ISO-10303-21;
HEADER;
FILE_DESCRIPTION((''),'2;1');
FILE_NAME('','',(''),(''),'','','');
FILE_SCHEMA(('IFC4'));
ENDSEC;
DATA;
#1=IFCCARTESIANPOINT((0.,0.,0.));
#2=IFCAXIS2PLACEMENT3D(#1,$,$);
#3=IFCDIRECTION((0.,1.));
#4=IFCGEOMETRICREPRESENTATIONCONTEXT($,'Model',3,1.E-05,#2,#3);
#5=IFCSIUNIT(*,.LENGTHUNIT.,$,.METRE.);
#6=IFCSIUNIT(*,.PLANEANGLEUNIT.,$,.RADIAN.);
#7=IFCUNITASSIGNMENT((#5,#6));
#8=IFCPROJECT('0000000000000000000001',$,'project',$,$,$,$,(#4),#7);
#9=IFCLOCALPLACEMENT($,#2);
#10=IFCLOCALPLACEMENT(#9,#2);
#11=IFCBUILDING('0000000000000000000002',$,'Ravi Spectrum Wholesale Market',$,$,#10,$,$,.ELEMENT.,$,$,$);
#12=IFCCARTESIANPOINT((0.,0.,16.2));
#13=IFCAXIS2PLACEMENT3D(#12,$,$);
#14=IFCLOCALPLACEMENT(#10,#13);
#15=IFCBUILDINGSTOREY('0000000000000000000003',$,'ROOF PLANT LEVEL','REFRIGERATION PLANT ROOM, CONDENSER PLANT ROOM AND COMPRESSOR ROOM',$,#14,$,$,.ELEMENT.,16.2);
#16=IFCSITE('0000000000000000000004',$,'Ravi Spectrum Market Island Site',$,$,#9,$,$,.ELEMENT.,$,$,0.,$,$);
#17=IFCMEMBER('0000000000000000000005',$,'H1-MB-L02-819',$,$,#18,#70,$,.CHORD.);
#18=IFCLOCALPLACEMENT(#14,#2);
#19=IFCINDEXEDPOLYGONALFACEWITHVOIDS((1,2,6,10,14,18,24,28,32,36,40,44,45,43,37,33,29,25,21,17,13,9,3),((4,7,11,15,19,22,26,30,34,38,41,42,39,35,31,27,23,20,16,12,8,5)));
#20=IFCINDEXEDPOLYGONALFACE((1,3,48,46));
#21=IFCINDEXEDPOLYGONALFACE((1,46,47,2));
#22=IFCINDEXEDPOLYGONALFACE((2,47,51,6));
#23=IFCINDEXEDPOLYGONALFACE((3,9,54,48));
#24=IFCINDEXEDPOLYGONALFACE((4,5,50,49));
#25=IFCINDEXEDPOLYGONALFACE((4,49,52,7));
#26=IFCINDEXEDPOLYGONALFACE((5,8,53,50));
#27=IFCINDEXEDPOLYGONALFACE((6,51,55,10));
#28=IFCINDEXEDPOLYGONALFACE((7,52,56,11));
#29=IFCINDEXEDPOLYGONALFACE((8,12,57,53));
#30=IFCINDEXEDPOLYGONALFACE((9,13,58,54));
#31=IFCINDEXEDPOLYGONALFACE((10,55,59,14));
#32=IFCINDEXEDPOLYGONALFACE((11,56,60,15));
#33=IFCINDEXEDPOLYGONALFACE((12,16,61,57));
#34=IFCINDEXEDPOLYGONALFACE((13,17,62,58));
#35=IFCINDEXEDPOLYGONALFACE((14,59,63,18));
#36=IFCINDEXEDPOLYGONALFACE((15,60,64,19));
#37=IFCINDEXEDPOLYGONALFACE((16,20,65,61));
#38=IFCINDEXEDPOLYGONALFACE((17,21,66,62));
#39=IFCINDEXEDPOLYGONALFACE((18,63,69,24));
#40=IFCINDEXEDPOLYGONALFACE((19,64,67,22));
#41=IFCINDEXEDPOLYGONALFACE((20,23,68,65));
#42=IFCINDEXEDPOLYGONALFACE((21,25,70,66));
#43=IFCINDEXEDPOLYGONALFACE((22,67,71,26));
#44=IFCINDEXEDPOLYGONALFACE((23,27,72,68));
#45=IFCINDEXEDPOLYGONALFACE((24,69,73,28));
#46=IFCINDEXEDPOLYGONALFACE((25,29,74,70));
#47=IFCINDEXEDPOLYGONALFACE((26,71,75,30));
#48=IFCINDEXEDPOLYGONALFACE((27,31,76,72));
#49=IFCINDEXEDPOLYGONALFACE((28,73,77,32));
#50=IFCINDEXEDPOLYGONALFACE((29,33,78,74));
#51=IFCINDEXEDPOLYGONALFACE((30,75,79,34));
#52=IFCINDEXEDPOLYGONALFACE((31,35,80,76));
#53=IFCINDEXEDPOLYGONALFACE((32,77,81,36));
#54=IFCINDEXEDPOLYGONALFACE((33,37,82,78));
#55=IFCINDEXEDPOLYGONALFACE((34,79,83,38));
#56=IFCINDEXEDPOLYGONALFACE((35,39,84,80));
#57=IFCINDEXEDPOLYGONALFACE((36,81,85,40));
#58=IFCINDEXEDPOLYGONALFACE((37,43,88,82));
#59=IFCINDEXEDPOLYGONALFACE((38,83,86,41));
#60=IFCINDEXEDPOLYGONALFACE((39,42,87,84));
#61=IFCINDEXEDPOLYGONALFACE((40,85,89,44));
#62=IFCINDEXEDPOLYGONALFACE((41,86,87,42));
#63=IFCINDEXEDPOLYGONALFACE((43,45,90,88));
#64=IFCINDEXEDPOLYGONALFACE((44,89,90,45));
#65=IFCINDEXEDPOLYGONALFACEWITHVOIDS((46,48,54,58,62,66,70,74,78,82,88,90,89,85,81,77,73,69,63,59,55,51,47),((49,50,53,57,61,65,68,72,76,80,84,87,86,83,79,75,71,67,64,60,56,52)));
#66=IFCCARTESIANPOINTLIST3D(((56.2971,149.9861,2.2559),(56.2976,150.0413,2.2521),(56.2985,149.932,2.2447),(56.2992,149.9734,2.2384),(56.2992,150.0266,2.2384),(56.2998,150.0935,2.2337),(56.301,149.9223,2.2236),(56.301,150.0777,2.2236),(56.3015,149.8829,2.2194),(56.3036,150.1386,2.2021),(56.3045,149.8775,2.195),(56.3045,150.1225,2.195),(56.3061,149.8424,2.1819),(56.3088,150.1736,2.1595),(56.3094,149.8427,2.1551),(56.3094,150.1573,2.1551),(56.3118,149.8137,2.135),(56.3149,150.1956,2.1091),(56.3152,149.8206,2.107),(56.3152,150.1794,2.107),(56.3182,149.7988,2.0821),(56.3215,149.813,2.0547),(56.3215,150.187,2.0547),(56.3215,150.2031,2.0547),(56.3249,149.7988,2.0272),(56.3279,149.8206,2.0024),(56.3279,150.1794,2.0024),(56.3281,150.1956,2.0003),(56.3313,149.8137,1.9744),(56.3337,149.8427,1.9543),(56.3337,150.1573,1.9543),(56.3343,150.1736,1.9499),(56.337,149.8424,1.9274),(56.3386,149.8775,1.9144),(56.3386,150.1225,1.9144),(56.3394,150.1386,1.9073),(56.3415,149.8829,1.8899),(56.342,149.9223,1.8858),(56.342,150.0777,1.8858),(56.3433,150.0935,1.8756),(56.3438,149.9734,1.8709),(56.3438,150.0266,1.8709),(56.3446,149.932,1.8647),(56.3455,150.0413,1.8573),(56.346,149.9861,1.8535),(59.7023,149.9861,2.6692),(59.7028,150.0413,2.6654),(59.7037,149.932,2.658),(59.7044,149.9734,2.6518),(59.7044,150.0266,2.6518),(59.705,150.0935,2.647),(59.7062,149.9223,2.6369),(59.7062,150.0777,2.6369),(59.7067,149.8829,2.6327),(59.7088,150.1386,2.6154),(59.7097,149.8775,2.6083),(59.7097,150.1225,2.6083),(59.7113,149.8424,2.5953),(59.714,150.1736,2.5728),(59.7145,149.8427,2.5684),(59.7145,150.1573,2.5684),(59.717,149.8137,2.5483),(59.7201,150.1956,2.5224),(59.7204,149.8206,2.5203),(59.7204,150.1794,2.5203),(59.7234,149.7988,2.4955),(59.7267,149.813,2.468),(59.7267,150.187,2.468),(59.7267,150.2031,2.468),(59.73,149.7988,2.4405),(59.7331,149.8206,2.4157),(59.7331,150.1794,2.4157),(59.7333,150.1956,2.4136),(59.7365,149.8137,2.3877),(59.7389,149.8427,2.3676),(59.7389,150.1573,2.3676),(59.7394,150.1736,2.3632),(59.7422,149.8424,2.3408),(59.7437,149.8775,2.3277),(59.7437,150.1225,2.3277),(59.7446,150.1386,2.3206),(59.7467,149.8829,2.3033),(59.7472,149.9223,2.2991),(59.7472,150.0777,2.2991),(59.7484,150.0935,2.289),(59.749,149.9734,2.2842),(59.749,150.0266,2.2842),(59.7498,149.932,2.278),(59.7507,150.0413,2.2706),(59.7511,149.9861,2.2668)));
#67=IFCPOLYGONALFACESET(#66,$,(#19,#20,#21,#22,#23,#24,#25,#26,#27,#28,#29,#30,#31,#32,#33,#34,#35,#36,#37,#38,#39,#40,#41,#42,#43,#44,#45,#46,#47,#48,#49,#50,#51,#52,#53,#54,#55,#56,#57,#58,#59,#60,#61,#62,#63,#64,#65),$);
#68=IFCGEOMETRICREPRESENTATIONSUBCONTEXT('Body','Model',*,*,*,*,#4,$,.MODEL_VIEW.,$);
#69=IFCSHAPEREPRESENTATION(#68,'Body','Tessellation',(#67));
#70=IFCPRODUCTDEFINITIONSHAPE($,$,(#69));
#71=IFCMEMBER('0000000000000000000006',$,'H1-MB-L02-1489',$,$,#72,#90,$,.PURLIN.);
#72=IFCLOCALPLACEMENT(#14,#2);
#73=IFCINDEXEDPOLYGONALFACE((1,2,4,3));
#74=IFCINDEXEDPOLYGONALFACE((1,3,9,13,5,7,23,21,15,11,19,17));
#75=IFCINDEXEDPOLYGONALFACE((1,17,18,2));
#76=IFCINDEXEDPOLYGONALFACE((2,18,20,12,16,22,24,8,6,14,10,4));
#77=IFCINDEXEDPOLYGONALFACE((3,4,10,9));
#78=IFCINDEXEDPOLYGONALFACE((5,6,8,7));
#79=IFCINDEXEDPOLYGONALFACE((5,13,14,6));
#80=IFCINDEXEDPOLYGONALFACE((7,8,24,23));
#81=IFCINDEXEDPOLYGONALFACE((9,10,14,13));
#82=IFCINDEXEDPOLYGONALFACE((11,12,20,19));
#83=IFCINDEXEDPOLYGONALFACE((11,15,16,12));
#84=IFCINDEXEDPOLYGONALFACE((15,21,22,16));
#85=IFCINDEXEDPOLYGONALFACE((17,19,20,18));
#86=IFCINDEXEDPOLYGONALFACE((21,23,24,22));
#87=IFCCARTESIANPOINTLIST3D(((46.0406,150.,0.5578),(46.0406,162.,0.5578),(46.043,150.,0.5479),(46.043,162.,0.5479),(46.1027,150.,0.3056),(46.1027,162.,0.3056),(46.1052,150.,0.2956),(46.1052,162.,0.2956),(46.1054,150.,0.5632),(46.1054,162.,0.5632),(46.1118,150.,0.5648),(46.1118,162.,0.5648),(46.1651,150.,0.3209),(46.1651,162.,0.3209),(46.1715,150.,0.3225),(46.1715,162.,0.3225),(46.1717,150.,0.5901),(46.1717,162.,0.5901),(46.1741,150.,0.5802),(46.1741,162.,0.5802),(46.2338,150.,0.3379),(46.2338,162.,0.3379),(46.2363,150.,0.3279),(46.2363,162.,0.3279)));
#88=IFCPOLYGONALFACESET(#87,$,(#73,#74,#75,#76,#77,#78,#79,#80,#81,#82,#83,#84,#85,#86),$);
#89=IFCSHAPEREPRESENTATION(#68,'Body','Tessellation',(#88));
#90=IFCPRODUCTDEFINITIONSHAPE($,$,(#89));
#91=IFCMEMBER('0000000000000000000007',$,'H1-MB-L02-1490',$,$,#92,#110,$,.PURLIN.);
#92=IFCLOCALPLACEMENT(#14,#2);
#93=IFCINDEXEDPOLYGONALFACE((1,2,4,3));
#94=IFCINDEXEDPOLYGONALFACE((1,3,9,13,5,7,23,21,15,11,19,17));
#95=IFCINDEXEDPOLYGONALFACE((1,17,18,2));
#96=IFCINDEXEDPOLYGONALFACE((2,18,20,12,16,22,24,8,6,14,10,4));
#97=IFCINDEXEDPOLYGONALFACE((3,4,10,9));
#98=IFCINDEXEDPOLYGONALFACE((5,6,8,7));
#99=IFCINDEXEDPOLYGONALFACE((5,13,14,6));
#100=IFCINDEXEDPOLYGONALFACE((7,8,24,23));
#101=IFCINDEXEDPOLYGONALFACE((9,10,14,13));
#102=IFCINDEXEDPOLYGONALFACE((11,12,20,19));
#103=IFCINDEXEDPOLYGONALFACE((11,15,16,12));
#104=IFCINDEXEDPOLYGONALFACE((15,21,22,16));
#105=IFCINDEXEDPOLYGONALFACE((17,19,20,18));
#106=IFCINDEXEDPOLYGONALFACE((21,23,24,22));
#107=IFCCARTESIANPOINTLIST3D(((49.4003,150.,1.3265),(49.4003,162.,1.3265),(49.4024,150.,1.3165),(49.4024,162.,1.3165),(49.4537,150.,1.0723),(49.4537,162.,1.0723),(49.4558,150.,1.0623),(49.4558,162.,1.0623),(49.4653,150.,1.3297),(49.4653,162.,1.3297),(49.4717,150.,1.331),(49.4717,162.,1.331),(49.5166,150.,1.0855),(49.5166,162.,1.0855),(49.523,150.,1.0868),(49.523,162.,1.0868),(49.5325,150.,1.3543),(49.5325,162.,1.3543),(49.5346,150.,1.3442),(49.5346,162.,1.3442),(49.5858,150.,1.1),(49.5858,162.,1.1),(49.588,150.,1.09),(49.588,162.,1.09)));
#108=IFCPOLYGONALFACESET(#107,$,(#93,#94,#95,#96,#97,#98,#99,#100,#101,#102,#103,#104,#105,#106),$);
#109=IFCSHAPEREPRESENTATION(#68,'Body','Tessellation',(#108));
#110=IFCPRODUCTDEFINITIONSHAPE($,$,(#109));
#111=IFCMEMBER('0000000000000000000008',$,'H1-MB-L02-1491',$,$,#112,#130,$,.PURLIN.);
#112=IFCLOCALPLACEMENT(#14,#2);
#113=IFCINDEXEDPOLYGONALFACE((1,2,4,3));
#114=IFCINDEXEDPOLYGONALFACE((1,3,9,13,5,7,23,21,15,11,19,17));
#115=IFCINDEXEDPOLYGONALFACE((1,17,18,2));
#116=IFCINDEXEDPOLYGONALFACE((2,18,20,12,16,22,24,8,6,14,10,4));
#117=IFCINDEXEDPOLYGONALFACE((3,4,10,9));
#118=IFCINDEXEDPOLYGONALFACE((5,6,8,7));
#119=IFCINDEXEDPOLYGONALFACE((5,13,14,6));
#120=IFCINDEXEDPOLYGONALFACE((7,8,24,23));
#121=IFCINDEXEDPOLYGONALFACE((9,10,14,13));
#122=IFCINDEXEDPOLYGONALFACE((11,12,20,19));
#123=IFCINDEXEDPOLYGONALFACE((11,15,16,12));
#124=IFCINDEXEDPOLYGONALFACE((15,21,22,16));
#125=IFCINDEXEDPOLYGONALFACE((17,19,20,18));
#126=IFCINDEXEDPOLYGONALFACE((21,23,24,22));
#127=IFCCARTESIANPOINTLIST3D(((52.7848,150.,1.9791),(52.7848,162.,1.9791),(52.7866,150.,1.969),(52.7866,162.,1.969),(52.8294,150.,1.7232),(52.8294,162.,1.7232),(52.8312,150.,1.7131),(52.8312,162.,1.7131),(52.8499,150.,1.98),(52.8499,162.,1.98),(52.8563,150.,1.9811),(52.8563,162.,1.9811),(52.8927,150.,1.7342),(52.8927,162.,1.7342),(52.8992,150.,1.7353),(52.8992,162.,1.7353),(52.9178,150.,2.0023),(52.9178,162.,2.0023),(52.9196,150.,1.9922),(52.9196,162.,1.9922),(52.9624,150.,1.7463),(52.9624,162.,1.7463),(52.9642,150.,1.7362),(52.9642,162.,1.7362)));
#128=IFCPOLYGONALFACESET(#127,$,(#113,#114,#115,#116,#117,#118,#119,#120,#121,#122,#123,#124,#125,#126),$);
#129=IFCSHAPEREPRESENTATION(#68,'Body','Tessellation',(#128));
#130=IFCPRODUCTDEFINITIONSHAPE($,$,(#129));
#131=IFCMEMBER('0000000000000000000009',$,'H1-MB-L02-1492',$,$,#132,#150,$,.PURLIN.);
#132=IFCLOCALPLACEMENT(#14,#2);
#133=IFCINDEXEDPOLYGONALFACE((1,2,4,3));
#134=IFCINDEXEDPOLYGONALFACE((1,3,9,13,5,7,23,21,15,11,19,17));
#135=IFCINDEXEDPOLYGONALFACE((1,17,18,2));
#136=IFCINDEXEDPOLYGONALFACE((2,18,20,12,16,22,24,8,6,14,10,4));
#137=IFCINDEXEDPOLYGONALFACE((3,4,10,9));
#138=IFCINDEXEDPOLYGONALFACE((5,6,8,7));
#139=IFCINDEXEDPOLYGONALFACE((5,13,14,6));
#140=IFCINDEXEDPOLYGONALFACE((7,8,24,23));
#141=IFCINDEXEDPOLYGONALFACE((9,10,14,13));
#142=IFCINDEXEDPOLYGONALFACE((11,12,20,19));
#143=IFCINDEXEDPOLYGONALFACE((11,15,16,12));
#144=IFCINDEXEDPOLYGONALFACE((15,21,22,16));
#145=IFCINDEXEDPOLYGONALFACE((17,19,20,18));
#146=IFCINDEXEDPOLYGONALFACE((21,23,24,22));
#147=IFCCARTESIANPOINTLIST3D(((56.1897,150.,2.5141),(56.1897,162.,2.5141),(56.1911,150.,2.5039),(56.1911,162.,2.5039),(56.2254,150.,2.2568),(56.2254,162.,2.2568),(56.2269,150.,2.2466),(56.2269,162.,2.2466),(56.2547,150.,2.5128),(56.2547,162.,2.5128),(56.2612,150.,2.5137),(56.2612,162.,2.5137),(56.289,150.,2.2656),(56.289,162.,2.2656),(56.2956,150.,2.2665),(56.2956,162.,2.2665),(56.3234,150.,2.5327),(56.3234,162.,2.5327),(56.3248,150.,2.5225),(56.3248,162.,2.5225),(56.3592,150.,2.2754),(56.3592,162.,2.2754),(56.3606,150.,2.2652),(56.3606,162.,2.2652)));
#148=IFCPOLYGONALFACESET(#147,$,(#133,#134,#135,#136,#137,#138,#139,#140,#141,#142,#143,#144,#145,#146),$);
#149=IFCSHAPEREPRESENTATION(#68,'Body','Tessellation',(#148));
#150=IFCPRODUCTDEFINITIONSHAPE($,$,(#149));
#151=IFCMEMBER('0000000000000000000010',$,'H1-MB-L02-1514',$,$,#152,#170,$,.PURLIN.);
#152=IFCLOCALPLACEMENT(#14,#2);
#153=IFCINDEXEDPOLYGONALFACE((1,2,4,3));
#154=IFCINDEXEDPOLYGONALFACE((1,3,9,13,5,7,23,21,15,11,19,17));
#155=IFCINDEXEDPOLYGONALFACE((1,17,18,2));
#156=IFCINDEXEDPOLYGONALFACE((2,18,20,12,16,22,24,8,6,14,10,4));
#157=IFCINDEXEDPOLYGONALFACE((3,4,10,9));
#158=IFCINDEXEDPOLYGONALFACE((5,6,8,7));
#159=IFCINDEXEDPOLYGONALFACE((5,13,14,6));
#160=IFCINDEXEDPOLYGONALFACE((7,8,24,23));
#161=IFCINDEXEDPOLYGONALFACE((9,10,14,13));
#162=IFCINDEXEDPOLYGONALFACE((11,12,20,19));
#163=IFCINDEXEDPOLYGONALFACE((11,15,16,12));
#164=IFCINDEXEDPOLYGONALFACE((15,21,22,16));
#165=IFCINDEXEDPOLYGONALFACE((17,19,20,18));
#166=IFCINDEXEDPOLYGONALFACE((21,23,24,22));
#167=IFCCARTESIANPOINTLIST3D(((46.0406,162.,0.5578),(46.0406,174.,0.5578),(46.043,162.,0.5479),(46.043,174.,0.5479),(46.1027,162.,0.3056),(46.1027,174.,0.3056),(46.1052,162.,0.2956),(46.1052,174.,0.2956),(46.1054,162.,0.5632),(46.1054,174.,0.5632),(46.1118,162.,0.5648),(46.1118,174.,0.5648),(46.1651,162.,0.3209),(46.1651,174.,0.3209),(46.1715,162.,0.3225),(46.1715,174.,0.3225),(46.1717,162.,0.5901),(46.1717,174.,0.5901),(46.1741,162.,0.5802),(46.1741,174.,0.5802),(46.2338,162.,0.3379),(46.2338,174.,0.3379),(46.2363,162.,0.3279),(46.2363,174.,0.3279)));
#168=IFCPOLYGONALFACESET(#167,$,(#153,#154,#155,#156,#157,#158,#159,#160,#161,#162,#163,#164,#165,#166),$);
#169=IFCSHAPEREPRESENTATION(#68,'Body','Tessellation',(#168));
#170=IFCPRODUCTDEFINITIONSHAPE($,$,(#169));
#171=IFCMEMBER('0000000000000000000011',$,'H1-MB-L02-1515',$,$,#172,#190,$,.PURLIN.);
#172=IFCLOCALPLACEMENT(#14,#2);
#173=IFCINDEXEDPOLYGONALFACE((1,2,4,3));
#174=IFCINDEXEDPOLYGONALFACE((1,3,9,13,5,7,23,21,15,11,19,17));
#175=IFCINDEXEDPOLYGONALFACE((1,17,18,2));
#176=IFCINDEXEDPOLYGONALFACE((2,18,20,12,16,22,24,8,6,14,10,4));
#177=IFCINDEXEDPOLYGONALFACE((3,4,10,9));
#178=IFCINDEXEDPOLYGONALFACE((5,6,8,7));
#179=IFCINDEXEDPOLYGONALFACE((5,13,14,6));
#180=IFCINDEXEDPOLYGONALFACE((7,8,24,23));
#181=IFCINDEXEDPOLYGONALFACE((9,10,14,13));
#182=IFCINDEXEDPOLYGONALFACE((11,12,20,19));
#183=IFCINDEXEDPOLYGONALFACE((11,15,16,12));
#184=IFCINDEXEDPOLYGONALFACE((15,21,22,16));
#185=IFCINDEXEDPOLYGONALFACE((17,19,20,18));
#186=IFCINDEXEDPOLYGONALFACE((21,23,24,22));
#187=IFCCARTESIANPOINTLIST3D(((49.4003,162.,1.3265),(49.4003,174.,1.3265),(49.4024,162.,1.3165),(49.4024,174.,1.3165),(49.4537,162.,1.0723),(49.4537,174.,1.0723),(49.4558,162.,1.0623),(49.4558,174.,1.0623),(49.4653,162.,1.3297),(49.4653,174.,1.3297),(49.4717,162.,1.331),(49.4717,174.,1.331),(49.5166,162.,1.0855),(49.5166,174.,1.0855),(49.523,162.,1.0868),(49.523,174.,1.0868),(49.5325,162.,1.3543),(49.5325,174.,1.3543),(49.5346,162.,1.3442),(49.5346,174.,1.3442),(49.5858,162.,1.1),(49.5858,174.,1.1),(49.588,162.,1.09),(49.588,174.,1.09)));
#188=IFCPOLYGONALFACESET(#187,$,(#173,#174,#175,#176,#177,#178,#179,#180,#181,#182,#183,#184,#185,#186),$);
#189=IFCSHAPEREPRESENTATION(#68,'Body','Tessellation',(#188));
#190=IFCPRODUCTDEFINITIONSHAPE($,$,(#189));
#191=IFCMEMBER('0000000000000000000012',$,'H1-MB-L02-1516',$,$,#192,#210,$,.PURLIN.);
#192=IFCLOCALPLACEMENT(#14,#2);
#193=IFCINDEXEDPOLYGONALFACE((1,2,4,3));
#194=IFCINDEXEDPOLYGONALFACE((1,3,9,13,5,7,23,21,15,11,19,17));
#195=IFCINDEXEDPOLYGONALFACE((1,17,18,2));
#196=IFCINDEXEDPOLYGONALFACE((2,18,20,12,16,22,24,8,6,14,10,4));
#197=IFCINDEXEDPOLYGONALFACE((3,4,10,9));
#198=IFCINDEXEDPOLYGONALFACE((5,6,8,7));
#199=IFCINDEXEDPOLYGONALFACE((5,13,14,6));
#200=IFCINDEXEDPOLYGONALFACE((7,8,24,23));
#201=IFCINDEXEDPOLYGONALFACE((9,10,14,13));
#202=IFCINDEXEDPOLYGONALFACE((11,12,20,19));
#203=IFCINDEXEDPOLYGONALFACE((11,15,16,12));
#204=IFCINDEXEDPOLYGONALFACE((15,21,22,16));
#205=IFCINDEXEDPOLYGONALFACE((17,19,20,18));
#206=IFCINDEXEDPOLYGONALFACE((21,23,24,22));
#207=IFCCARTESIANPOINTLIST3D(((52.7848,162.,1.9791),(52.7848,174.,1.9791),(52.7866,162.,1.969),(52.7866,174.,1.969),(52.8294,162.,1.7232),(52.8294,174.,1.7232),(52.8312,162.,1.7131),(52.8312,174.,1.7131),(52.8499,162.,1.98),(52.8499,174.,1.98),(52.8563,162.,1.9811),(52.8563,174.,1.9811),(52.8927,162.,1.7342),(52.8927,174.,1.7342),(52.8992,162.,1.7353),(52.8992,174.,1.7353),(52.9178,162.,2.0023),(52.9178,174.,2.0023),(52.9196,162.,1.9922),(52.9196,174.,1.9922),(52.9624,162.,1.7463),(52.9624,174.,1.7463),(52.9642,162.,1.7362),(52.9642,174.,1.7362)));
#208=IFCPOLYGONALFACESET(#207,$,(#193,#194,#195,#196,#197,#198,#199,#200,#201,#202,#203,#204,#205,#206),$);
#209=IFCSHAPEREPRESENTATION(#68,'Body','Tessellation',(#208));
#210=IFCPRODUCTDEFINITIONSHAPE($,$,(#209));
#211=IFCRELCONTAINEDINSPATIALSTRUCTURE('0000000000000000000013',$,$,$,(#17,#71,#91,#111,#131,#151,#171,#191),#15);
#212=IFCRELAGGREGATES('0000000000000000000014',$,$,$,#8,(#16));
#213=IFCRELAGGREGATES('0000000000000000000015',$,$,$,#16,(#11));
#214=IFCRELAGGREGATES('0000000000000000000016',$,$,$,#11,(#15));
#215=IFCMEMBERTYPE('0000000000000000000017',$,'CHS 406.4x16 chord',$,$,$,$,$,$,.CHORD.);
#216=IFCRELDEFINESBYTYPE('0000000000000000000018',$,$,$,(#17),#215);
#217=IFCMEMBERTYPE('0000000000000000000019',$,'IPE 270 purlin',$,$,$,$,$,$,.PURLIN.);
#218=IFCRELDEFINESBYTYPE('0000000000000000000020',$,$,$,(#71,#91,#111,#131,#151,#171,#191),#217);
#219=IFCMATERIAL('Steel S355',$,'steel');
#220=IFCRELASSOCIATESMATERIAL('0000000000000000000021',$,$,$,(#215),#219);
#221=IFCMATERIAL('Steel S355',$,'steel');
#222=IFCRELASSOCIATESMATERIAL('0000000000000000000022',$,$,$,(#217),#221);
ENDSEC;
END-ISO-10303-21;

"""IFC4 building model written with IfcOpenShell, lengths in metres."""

from ifc_helpers import new_model, si_unit, direction, frame, origin, origin_2d, place, context, subcontext, project, spatial, hollow_circle, i_section, extrude, material, material_profile, profile_set, type_object, element, save


model = new_model("IFC4")

# Units and contexts
model_context = context("Model", 3, precision=1e-05, world=origin(), true_north=direction((0.0, 1.0)))
body_context = subcontext(model_context, "Body", "Model", "MODEL_VIEW")
ifc_project = project(units=[si_unit("LENGTHUNIT", "METRE"), si_unit("PLANEANGLEUNIT", "RADIAN")], contexts=[model_context])

# Site, building, storey
site_placement = place(None, origin())
site = spatial("IfcSite", under=ifc_project, at=site_placement, Name="Ravi Spectrum Market Island Site", CompositionType="ELEMENT", RefElevation=0.0)
building_placement = place(site_placement, origin())
building = spatial("IfcBuilding", under=site, at=building_placement, Name="Ravi Spectrum Wholesale Market", CompositionType="ELEMENT")
storey_placement = place(building_placement, frame((0.0, 0.0, 16.2)))
storey = spatial("IfcBuildingStorey", under=building, at=storey_placement, Name="ROOF PLANT LEVEL", Description="REFRIGERATION PLANT ROOM, CONDENSER PLANT ROOM AND COMPRESSOR ROOM", CompositionType="ELEMENT", Elevation=16.2)

# Members
ifc_material_1 = material(Name="Steel S355", Category="steel")
ifc_material_profile_1 = material_profile(ifc_material_1, hollow_circle(Radius=0.2031, WallThickness=0.0161, at=origin_2d()))
ifc_profile_set_1 = profile_set([ifc_material_profile_1], Name="Steel S355")
member_type_1 = type_object("IfcMemberType", Name="CHS 406.4x16 chord", PredefinedType="CHORD", material=ifc_profile_set_1)
for number, where, z_axis, x_axis, name in (
    (1, (56.3215, 150.0, 2.0547), (0.992714, 0.0, 0.120495), (0.0, 1.0, 0.0), "H1-MB-L02-819"),
):
    element("IfcMember", number, at=place(storey_placement, frame(where, z_axis=z_axis, x_axis=x_axis)), inside=storey, type_object=member_type_1, Name=name, PredefinedType="CHORD", context=body_context, shape_type="SweptSolid", body=[
        extrude(hollow_circle(Radius=0.2031, WallThickness=0.0161, at=origin_2d()), origin(), (0.0, 0.0, 1.0), 3.4302),
    ])
ifc_material_2 = material(Name="Steel S355", Category="steel")
ifc_material_profile_2 = material_profile(ifc_material_2, i_section(OverallWidth=0.135, OverallDepth=0.27, WebThickness=0.0066, FlangeThickness=0.0103, at=origin_2d()))
ifc_profile_set_2 = profile_set([ifc_material_profile_2], Name="Steel S355")
member_type_2 = type_object("IfcMemberType", Name="IPE 270 purlin", PredefinedType="PURLIN", material=ifc_profile_set_2)
for number, where, z_axis, x_axis, name in (
    (2, (46.1384, 150.0, 0.4429), (0.0, 1.0, 0.0), (-0.970983, 0.0, -0.239151), "H1-MB-L02-1489"),
    (3, (49.4941, 150.0, 1.2083), (0.0, 1.0, 0.0), (-0.978653, 0.0, -0.205517), "H1-MB-L02-1490"),
    (4, (52.8745, 150.0, 1.8577), (0.0, 1.0, 0.0), (-0.98516, 0.0, -0.171639), "H1-MB-L02-1491"),
    (5, (56.2751, 150.0, 2.3896), (0.0, 1.0, 0.0), (-0.990494, 0.0, -0.137557), "H1-MB-L02-1492"),
    (6, (46.1384, 162.0, 0.4429), (0.0, 1.0, 0.0), (-0.970983, 0.0, -0.239151), "H1-MB-L02-1514"),
    (7, (49.4941, 162.0, 1.2083), (0.0, 1.0, 0.0), (-0.978653, 0.0, -0.205517), "H1-MB-L02-1515"),
    (8, (52.8745, 162.0, 1.8577), (0.0, 1.0, 0.0), (-0.98516, 0.0, -0.171639), "H1-MB-L02-1516"),
):
    element("IfcMember", number, at=place(storey_placement, frame(where, z_axis=z_axis, x_axis=x_axis)), inside=storey, type_object=member_type_2, Name=name, PredefinedType="PURLIN", context=body_context, shape_type="SweptSolid", body=[
        extrude(i_section(OverallWidth=0.135, OverallDepth=0.27, WebThickness=0.0066, FlangeThickness=0.0103, at=origin_2d()), origin(), (0.0, 0.0, 1.0), 12.0),
    ])

save(model, "model.ifc")
